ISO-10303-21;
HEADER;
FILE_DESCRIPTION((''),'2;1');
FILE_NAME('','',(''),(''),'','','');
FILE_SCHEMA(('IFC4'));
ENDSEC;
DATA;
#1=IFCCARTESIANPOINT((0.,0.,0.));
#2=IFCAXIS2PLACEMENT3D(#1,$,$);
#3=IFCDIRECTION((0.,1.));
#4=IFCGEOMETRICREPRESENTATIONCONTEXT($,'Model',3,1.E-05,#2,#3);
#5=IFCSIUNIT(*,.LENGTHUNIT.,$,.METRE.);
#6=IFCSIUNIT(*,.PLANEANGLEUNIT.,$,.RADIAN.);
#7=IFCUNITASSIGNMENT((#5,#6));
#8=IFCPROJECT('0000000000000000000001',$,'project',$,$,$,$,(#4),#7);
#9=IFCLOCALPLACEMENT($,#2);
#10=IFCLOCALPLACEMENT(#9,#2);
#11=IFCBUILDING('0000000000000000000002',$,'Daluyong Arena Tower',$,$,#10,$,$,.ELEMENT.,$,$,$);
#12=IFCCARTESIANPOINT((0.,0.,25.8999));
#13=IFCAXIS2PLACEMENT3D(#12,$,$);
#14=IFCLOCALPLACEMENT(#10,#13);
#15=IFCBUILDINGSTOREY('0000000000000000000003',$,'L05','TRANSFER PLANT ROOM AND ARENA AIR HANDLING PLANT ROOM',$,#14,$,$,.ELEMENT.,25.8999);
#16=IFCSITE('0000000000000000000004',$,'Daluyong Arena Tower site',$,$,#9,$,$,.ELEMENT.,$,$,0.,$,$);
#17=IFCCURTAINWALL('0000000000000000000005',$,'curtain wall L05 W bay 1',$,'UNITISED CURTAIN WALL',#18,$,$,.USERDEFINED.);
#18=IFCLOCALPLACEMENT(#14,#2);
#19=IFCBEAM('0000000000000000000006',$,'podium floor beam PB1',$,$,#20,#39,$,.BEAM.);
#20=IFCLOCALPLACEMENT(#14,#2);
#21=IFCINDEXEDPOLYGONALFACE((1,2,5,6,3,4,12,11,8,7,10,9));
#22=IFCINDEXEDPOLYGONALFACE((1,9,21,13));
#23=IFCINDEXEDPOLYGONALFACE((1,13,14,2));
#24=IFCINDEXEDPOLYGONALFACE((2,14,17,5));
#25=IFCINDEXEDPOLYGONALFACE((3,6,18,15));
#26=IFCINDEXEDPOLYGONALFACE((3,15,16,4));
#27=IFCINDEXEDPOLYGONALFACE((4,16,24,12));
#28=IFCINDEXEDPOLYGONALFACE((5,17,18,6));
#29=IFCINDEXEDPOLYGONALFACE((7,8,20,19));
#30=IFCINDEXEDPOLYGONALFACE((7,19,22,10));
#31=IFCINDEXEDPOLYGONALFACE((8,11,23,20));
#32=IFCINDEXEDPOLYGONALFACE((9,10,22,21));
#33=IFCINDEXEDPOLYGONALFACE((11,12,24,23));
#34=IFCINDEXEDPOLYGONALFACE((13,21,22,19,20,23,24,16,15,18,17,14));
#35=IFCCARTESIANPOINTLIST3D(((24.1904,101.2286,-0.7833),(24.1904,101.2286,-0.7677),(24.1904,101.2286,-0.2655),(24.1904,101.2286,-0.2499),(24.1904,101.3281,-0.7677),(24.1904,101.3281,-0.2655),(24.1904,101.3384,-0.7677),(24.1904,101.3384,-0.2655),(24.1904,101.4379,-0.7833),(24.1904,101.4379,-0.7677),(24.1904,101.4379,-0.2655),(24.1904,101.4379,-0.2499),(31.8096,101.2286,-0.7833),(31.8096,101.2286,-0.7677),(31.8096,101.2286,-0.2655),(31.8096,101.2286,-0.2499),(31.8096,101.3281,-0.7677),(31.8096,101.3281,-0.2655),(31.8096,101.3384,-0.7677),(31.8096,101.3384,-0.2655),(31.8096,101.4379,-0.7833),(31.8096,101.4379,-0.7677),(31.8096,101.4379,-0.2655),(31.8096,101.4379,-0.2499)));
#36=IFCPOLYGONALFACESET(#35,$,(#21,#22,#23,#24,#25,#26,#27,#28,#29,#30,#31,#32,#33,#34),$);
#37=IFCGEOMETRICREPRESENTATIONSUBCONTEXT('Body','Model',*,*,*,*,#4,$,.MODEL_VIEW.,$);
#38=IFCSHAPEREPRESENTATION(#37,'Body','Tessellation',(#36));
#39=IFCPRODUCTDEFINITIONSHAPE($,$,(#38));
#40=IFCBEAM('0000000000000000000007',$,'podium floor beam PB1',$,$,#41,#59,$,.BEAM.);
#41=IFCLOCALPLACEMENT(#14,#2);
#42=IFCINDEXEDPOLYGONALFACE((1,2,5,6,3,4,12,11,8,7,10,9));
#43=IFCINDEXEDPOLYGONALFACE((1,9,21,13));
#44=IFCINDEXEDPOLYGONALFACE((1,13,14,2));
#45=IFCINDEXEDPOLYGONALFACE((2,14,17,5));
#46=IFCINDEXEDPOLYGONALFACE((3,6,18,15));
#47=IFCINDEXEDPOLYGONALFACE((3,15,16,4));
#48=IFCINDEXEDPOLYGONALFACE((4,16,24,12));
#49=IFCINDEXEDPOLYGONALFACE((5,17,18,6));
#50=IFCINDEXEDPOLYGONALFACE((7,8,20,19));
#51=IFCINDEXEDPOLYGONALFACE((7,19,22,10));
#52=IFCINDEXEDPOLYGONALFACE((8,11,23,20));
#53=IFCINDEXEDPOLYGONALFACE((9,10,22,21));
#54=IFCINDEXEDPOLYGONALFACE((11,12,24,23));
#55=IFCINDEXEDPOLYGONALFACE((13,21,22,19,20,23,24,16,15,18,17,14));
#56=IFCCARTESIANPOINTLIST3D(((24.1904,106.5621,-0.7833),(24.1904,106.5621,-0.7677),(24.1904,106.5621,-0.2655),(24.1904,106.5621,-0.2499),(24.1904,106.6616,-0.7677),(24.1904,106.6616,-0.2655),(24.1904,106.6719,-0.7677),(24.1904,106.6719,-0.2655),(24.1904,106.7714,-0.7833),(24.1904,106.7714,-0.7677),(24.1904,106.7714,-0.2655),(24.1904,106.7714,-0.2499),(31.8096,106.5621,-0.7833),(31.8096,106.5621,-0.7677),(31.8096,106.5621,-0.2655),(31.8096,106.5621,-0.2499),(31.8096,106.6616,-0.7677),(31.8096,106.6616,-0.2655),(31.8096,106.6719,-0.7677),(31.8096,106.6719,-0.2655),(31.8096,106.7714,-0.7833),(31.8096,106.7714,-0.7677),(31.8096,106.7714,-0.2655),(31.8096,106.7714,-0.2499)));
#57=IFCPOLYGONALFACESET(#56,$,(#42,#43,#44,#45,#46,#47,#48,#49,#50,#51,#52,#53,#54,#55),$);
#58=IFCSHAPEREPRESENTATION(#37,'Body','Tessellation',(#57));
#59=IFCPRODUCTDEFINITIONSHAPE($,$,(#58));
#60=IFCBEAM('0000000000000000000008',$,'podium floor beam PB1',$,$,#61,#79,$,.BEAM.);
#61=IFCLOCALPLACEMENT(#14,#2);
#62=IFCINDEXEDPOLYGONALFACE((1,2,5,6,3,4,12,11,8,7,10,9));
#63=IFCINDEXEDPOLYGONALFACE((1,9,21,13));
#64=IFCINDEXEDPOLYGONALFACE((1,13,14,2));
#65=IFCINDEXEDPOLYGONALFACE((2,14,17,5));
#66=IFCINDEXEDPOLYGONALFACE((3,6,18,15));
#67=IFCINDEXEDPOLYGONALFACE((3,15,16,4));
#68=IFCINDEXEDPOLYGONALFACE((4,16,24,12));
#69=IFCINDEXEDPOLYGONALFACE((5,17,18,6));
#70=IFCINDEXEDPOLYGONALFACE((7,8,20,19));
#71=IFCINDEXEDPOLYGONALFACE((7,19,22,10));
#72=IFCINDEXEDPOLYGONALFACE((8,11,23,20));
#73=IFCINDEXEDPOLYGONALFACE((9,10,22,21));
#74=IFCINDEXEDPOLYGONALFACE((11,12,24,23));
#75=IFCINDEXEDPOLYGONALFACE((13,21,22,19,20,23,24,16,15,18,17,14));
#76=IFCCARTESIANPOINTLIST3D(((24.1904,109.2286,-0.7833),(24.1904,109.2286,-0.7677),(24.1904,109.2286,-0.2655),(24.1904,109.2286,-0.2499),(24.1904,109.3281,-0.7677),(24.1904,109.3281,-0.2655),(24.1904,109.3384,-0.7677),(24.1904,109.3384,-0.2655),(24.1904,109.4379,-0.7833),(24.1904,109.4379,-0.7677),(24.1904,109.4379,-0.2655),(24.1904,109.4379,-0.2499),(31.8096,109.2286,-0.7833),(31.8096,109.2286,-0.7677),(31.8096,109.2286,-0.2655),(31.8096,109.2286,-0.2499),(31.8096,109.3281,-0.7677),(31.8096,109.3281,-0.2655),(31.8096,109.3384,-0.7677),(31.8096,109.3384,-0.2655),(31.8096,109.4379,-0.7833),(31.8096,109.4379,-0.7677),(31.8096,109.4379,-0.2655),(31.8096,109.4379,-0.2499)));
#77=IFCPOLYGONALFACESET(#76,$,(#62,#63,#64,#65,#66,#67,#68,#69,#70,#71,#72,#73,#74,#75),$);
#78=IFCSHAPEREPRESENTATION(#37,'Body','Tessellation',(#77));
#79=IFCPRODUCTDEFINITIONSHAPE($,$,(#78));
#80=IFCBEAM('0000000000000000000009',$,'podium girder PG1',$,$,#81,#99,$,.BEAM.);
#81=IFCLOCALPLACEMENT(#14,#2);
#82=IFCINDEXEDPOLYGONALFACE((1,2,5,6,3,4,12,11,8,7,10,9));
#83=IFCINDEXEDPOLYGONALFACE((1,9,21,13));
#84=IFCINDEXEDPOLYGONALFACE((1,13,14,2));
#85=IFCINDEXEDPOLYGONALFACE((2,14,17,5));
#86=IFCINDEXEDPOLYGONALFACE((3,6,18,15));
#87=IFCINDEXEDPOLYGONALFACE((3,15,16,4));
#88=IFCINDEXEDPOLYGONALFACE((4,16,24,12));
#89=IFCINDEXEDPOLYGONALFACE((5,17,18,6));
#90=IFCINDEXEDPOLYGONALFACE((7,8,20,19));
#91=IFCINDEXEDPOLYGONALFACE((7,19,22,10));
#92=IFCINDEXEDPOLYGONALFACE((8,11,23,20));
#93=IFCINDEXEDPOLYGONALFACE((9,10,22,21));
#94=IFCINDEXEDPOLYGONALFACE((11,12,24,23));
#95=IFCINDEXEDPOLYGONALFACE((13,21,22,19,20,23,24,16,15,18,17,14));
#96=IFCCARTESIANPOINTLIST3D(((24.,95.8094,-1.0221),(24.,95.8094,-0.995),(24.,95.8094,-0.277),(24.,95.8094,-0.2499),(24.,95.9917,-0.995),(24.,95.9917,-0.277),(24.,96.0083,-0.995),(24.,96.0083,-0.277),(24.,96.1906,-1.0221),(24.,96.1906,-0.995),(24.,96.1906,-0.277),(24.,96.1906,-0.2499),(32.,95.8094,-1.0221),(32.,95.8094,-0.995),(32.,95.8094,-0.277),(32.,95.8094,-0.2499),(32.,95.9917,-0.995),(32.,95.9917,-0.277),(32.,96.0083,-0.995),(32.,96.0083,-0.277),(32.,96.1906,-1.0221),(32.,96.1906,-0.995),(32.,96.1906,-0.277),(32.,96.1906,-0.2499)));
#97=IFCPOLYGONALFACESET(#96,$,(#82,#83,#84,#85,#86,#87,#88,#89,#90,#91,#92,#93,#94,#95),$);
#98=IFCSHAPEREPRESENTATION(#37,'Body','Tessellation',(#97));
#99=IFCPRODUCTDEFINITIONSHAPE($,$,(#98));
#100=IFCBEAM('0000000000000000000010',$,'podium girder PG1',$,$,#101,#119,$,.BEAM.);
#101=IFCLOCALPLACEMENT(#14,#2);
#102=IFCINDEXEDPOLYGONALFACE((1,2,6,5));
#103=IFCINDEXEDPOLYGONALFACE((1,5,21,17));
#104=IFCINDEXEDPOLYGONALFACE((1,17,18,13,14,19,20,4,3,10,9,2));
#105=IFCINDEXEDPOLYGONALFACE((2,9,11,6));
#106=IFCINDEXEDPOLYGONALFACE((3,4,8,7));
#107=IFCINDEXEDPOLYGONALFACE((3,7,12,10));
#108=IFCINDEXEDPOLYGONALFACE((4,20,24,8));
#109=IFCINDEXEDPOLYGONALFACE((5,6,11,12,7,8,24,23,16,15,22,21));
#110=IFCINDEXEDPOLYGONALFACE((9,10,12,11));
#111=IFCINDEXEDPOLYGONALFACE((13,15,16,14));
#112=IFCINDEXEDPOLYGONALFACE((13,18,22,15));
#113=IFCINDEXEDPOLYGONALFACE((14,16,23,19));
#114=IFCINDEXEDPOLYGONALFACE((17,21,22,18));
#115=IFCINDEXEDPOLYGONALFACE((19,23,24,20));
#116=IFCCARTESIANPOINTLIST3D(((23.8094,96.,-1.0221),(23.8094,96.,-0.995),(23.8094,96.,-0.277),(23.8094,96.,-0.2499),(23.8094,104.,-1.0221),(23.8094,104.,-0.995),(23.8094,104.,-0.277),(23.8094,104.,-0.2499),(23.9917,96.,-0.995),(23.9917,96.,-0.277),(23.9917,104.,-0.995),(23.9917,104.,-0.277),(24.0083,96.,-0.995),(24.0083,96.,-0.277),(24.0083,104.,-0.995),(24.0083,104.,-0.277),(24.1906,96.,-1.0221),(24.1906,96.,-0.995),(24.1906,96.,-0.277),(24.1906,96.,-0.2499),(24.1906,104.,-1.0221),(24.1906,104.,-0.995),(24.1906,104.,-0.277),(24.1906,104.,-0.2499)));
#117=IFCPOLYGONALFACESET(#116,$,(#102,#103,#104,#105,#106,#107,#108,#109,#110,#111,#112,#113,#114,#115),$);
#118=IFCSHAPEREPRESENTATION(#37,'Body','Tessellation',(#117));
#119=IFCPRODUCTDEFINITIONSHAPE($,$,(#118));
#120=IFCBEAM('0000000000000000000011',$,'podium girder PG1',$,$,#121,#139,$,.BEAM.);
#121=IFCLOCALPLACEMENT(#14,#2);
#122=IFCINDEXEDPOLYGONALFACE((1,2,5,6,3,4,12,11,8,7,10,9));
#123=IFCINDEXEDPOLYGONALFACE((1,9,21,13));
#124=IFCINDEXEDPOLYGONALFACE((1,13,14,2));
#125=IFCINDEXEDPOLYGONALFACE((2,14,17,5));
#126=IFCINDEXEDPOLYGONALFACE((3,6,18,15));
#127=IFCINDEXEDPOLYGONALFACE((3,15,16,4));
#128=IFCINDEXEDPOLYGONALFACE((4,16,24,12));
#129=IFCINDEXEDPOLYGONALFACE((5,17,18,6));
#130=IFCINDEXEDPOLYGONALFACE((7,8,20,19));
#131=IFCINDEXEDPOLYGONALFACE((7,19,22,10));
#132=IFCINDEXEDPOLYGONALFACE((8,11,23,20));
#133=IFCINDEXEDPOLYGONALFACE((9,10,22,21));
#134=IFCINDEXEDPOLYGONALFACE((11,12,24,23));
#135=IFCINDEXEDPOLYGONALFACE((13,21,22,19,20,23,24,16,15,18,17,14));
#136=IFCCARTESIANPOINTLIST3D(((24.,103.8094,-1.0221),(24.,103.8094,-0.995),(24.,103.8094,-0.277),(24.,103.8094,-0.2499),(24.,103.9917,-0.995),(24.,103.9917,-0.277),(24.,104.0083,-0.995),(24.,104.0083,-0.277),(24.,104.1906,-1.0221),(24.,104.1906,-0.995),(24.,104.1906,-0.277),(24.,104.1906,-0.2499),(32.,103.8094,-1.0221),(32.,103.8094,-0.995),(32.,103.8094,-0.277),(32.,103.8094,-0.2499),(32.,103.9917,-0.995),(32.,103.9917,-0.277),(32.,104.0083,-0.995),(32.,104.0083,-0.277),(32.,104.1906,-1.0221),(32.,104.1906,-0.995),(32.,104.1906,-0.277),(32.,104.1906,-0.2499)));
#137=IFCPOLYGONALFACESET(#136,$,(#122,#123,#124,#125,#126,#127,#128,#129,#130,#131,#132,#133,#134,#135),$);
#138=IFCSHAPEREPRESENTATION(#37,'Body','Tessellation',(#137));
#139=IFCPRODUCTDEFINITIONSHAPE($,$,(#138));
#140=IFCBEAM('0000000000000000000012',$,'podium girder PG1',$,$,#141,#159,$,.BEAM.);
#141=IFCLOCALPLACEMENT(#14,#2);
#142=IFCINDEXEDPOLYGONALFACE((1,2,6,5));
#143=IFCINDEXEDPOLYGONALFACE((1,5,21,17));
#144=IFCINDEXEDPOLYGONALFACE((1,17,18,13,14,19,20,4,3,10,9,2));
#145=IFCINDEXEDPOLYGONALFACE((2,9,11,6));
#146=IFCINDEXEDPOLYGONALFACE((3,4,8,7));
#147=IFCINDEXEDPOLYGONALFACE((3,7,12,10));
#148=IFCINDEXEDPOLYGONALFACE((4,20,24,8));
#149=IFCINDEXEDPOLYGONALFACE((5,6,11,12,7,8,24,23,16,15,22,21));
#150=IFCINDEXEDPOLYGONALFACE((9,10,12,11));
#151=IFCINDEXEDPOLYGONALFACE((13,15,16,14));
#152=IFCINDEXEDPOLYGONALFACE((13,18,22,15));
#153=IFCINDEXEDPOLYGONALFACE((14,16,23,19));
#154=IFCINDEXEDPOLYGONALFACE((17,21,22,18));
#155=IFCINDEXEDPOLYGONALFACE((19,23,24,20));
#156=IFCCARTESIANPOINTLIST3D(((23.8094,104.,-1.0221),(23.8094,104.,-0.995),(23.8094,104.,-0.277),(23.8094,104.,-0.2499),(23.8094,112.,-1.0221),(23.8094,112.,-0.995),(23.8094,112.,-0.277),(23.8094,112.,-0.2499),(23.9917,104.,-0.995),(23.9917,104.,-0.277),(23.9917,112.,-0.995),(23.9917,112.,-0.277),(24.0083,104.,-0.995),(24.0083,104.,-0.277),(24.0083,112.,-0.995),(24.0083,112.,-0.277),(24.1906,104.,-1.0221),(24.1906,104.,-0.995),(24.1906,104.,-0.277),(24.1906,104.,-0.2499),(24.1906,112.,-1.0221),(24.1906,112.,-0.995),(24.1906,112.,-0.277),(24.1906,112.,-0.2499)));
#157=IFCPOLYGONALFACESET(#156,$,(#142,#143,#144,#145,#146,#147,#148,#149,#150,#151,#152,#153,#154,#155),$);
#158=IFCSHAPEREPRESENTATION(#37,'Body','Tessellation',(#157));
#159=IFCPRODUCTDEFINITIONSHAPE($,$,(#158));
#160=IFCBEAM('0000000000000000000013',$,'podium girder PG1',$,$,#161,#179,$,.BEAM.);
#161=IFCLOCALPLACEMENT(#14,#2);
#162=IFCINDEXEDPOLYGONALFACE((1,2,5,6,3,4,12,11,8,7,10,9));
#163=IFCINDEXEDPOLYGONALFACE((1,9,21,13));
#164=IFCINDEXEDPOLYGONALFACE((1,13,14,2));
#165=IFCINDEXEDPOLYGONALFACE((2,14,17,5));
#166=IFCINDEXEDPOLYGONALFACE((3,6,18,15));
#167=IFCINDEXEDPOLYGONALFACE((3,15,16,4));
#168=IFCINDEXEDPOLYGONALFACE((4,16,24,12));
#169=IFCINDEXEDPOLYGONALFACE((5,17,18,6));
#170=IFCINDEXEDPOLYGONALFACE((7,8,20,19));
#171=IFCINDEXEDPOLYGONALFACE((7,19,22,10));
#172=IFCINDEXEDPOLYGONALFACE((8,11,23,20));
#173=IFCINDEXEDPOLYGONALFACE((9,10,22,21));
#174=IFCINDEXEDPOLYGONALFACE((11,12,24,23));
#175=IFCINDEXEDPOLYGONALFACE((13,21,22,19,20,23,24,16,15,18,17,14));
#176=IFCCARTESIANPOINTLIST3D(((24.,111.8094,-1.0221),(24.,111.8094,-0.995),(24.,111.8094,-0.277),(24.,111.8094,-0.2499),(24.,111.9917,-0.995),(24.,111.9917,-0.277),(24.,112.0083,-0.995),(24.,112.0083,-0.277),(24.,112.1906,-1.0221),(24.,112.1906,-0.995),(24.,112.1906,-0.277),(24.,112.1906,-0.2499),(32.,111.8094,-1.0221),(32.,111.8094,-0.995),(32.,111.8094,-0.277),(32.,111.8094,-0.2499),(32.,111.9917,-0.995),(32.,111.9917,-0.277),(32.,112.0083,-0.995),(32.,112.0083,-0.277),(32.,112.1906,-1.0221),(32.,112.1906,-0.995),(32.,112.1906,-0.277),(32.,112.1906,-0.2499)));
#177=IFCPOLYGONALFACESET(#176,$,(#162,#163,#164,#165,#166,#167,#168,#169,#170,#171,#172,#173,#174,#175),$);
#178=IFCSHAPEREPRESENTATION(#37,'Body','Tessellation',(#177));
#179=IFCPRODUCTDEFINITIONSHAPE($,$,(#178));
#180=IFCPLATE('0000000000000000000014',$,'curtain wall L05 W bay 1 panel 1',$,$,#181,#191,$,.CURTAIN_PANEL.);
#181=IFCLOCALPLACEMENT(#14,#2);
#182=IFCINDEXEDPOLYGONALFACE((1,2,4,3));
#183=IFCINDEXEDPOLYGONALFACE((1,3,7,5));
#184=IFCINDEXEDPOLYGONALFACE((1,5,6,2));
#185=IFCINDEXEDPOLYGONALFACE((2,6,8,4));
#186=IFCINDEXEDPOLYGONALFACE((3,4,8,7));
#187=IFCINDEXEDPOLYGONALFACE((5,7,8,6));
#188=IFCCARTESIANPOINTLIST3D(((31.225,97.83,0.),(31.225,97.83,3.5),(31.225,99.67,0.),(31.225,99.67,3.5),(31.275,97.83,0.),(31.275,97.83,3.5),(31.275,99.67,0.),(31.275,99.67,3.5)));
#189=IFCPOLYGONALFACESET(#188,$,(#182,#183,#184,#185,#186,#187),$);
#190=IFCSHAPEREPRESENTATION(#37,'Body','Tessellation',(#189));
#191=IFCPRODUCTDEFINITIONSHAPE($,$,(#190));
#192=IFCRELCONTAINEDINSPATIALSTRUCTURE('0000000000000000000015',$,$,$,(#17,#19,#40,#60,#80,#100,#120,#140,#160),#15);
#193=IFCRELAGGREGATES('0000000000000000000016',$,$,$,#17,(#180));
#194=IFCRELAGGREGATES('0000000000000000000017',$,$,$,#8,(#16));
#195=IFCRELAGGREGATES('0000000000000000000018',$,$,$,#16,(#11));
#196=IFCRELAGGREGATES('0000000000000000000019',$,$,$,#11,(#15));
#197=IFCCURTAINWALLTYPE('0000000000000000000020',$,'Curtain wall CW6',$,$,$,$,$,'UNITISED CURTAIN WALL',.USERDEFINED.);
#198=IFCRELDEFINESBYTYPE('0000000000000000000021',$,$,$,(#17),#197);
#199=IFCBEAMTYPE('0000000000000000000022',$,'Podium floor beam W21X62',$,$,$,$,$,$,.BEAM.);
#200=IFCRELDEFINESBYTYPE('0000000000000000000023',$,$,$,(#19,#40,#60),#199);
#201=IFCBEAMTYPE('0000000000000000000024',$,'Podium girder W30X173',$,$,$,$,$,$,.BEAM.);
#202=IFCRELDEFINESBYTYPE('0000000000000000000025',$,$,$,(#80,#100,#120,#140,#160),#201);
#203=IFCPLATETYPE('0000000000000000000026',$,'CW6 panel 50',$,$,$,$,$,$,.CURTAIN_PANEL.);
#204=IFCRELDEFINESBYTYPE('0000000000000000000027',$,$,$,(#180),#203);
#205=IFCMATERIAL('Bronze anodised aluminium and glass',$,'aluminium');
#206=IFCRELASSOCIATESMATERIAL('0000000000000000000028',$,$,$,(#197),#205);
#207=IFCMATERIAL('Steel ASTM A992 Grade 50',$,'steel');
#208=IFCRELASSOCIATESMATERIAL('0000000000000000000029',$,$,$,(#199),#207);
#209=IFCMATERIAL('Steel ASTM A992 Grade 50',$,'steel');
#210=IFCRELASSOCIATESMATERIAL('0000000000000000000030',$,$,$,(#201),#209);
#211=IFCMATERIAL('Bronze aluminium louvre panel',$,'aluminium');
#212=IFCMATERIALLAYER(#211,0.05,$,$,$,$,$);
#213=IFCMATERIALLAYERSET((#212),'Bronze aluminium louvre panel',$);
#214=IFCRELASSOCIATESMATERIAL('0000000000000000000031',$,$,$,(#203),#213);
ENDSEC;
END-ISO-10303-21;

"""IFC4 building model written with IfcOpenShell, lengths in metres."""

from ifc_helpers import new_model, si_unit, direction, frame, origin, origin_2d, place, context, subcontext, project, spatial, rectangle, i_section, extrude, material, layer, layer_set, material_profile, profile_set, type_object, element, aggregate, save


model = new_model("IFC4")

# Units and contexts
model_context = context("Model", 3, precision=1e-05, world=origin(), true_north=direction((0.0, 1.0)))
body_context = subcontext(model_context, "Body", "Model", "MODEL_VIEW")
ifc_project = project(units=[si_unit("LENGTHUNIT", "METRE"), si_unit("PLANEANGLEUNIT", "RADIAN")], contexts=[model_context])

# Site, building, storey
site_placement = place(None, origin())
site = spatial("IfcSite", under=ifc_project, at=site_placement, Name="Daluyong Arena Tower site", CompositionType="ELEMENT", RefElevation=0.0)
building_placement = place(site_placement, origin())
building = spatial("IfcBuilding", under=site, at=building_placement, Name="Daluyong Arena Tower", CompositionType="ELEMENT")
storey_placement = place(building_placement, frame((0.0, 0.0, 25.8999)))
storey = spatial("IfcBuildingStorey", under=building, at=storey_placement, Name="L05", Description="TRANSFER PLANT ROOM AND ARENA AIR HANDLING PLANT ROOM", CompositionType="ELEMENT", Elevation=25.8999)

# Shared definitions
ifc_material_1 = material(Name="Bronze anodised aluminium and glass", Category="aluminium")
curtain_wall_type = type_object("IfcCurtainWallType", Name="Curtain wall CW6", ElementType="UNITISED CURTAIN WALL", PredefinedType="USERDEFINED", material=ifc_material_1)

# Curtain wall
curtain_wall_1_placement = place(storey_placement, origin())
curtain_wall_1 = element("IfcCurtainWall", 1, at=curtain_wall_1_placement, inside=storey, type_object=curtain_wall_type, Name="curtain wall L05 W bay 1", ObjectType="UNITISED CURTAIN WALL", PredefinedType="USERDEFINED")

# Beams
ifc_material_2 = material(Name="Steel ASTM A992 Grade 50", Category="steel")
ifc_material_profile_1 = material_profile(ifc_material_2, i_section(OverallWidth=0.2092, OverallDepth=0.5334, WebThickness=0.0103, FlangeThickness=0.0156, at=origin_2d()))
ifc_profile_set_1 = profile_set([ifc_material_profile_1], Name="Steel ASTM A992 Grade 50")
beam_type_1 = type_object("IfcBeamType", Name="Podium floor beam W21X62", PredefinedType="BEAM", material=ifc_profile_set_1)
for number, where, z_axis, x_axis, name in (
    (2, (24.1904, 101.3333, -0.5166), (1.0, 0.0, 0.0), (0.0, 1.0, 0.0), "podium floor beam PB1"),
    (3, (24.1904, 106.6667, -0.5166), (1.0, 0.0, 0.0), (0.0, 1.0, 0.0), "podium floor beam PB1"),
    (4, (24.1904, 109.3333, -0.5166), (1.0, 0.0, 0.0), (0.0, 1.0, 0.0), "podium floor beam PB1"),
):
    element("IfcBeam", number, at=place(storey_placement, frame(where, z_axis=z_axis, x_axis=x_axis)), inside=storey, type_object=beam_type_1, Name=name, PredefinedType="BEAM", context=body_context, shape_type="SweptSolid", body=[
        extrude(i_section(OverallWidth=0.2092, OverallDepth=0.5334, WebThickness=0.0103, FlangeThickness=0.0156, at=origin_2d()), origin(), (0.0, 0.0, 1.0), 7.6191),
    ])
ifc_material_3 = material(Name="Steel ASTM A992 Grade 50", Category="steel")
ifc_material_profile_2 = material_profile(ifc_material_3, i_section(OverallWidth=0.3811, OverallDepth=0.7722, WebThickness=0.0166, FlangeThickness=0.0271, at=origin_2d()))
ifc_profile_set_2 = profile_set([ifc_material_profile_2], Name="Steel ASTM A992 Grade 50")
beam_type_2 = type_object("IfcBeamType", Name="Podium girder W30X173", PredefinedType="BEAM", material=ifc_profile_set_2)
for number, where, z_axis, x_axis, name in (
    (5, (24.0, 96.0, -0.636), (1.0, 0.0, 0.0), (0.0, 1.0, 0.0), "podium girder PG1"),
    (6, (24.0, 96.0, -0.636), (0.0, 1.0, 0.0), (-1.0, 0.0, 0.0), "podium girder PG1"),
    (7, (24.0, 104.0, -0.636), (1.0, 0.0, 0.0), (0.0, 1.0, 0.0), "podium girder PG1"),
    (8, (24.0, 104.0, -0.636), (0.0, 1.0, 0.0), (-1.0, 0.0, 0.0), "podium girder PG1"),
    (9, (24.0, 112.0, -0.636), (1.0, 0.0, 0.0), (0.0, 1.0, 0.0), "podium girder PG1"),
):
    element("IfcBeam", number, at=place(storey_placement, frame(where, z_axis=z_axis, x_axis=x_axis)), inside=storey, type_object=beam_type_2, Name=name, PredefinedType="BEAM", context=body_context, shape_type="SweptSolid", body=[
        extrude(i_section(OverallWidth=0.3811, OverallDepth=0.7722, WebThickness=0.0166, FlangeThickness=0.0271, at=origin_2d()), origin(), (0.0, 0.0, 1.0), 8.0),
    ])

# Plate
ifc_material_4 = material(Name="Bronze aluminium louvre panel", Category="aluminium")
ifc_layer = layer(ifc_material_4, 0.05)
ifc_layer_set = layer_set([ifc_layer], Name="Bronze aluminium louvre panel")
plate_type = type_object("IfcPlateType", Name="CW6 panel 50", PredefinedType="CURTAIN_PANEL", material=ifc_layer_set)
plate_placement = place(storey_placement, frame((31.25, 98.75, 0.0), z_axis=(0.0, 0.0, 1.0), x_axis=(0.0, -1.0, 0.0)))
plate = element("IfcPlate", 10, at=plate_placement, type_object=plate_type, Name="curtain wall L05 W bay 1 panel 1", PredefinedType="CURTAIN_PANEL", context=body_context, shape_type="SweptSolid", body=[
    extrude(rectangle(XDim=1.8401, YDim=0.05, at=origin_2d()), origin(), (0.0, 0.0, 1.0), 3.5),
])
aggregate(curtain_wall_1, [plate])

save(model, "model.ifc")
